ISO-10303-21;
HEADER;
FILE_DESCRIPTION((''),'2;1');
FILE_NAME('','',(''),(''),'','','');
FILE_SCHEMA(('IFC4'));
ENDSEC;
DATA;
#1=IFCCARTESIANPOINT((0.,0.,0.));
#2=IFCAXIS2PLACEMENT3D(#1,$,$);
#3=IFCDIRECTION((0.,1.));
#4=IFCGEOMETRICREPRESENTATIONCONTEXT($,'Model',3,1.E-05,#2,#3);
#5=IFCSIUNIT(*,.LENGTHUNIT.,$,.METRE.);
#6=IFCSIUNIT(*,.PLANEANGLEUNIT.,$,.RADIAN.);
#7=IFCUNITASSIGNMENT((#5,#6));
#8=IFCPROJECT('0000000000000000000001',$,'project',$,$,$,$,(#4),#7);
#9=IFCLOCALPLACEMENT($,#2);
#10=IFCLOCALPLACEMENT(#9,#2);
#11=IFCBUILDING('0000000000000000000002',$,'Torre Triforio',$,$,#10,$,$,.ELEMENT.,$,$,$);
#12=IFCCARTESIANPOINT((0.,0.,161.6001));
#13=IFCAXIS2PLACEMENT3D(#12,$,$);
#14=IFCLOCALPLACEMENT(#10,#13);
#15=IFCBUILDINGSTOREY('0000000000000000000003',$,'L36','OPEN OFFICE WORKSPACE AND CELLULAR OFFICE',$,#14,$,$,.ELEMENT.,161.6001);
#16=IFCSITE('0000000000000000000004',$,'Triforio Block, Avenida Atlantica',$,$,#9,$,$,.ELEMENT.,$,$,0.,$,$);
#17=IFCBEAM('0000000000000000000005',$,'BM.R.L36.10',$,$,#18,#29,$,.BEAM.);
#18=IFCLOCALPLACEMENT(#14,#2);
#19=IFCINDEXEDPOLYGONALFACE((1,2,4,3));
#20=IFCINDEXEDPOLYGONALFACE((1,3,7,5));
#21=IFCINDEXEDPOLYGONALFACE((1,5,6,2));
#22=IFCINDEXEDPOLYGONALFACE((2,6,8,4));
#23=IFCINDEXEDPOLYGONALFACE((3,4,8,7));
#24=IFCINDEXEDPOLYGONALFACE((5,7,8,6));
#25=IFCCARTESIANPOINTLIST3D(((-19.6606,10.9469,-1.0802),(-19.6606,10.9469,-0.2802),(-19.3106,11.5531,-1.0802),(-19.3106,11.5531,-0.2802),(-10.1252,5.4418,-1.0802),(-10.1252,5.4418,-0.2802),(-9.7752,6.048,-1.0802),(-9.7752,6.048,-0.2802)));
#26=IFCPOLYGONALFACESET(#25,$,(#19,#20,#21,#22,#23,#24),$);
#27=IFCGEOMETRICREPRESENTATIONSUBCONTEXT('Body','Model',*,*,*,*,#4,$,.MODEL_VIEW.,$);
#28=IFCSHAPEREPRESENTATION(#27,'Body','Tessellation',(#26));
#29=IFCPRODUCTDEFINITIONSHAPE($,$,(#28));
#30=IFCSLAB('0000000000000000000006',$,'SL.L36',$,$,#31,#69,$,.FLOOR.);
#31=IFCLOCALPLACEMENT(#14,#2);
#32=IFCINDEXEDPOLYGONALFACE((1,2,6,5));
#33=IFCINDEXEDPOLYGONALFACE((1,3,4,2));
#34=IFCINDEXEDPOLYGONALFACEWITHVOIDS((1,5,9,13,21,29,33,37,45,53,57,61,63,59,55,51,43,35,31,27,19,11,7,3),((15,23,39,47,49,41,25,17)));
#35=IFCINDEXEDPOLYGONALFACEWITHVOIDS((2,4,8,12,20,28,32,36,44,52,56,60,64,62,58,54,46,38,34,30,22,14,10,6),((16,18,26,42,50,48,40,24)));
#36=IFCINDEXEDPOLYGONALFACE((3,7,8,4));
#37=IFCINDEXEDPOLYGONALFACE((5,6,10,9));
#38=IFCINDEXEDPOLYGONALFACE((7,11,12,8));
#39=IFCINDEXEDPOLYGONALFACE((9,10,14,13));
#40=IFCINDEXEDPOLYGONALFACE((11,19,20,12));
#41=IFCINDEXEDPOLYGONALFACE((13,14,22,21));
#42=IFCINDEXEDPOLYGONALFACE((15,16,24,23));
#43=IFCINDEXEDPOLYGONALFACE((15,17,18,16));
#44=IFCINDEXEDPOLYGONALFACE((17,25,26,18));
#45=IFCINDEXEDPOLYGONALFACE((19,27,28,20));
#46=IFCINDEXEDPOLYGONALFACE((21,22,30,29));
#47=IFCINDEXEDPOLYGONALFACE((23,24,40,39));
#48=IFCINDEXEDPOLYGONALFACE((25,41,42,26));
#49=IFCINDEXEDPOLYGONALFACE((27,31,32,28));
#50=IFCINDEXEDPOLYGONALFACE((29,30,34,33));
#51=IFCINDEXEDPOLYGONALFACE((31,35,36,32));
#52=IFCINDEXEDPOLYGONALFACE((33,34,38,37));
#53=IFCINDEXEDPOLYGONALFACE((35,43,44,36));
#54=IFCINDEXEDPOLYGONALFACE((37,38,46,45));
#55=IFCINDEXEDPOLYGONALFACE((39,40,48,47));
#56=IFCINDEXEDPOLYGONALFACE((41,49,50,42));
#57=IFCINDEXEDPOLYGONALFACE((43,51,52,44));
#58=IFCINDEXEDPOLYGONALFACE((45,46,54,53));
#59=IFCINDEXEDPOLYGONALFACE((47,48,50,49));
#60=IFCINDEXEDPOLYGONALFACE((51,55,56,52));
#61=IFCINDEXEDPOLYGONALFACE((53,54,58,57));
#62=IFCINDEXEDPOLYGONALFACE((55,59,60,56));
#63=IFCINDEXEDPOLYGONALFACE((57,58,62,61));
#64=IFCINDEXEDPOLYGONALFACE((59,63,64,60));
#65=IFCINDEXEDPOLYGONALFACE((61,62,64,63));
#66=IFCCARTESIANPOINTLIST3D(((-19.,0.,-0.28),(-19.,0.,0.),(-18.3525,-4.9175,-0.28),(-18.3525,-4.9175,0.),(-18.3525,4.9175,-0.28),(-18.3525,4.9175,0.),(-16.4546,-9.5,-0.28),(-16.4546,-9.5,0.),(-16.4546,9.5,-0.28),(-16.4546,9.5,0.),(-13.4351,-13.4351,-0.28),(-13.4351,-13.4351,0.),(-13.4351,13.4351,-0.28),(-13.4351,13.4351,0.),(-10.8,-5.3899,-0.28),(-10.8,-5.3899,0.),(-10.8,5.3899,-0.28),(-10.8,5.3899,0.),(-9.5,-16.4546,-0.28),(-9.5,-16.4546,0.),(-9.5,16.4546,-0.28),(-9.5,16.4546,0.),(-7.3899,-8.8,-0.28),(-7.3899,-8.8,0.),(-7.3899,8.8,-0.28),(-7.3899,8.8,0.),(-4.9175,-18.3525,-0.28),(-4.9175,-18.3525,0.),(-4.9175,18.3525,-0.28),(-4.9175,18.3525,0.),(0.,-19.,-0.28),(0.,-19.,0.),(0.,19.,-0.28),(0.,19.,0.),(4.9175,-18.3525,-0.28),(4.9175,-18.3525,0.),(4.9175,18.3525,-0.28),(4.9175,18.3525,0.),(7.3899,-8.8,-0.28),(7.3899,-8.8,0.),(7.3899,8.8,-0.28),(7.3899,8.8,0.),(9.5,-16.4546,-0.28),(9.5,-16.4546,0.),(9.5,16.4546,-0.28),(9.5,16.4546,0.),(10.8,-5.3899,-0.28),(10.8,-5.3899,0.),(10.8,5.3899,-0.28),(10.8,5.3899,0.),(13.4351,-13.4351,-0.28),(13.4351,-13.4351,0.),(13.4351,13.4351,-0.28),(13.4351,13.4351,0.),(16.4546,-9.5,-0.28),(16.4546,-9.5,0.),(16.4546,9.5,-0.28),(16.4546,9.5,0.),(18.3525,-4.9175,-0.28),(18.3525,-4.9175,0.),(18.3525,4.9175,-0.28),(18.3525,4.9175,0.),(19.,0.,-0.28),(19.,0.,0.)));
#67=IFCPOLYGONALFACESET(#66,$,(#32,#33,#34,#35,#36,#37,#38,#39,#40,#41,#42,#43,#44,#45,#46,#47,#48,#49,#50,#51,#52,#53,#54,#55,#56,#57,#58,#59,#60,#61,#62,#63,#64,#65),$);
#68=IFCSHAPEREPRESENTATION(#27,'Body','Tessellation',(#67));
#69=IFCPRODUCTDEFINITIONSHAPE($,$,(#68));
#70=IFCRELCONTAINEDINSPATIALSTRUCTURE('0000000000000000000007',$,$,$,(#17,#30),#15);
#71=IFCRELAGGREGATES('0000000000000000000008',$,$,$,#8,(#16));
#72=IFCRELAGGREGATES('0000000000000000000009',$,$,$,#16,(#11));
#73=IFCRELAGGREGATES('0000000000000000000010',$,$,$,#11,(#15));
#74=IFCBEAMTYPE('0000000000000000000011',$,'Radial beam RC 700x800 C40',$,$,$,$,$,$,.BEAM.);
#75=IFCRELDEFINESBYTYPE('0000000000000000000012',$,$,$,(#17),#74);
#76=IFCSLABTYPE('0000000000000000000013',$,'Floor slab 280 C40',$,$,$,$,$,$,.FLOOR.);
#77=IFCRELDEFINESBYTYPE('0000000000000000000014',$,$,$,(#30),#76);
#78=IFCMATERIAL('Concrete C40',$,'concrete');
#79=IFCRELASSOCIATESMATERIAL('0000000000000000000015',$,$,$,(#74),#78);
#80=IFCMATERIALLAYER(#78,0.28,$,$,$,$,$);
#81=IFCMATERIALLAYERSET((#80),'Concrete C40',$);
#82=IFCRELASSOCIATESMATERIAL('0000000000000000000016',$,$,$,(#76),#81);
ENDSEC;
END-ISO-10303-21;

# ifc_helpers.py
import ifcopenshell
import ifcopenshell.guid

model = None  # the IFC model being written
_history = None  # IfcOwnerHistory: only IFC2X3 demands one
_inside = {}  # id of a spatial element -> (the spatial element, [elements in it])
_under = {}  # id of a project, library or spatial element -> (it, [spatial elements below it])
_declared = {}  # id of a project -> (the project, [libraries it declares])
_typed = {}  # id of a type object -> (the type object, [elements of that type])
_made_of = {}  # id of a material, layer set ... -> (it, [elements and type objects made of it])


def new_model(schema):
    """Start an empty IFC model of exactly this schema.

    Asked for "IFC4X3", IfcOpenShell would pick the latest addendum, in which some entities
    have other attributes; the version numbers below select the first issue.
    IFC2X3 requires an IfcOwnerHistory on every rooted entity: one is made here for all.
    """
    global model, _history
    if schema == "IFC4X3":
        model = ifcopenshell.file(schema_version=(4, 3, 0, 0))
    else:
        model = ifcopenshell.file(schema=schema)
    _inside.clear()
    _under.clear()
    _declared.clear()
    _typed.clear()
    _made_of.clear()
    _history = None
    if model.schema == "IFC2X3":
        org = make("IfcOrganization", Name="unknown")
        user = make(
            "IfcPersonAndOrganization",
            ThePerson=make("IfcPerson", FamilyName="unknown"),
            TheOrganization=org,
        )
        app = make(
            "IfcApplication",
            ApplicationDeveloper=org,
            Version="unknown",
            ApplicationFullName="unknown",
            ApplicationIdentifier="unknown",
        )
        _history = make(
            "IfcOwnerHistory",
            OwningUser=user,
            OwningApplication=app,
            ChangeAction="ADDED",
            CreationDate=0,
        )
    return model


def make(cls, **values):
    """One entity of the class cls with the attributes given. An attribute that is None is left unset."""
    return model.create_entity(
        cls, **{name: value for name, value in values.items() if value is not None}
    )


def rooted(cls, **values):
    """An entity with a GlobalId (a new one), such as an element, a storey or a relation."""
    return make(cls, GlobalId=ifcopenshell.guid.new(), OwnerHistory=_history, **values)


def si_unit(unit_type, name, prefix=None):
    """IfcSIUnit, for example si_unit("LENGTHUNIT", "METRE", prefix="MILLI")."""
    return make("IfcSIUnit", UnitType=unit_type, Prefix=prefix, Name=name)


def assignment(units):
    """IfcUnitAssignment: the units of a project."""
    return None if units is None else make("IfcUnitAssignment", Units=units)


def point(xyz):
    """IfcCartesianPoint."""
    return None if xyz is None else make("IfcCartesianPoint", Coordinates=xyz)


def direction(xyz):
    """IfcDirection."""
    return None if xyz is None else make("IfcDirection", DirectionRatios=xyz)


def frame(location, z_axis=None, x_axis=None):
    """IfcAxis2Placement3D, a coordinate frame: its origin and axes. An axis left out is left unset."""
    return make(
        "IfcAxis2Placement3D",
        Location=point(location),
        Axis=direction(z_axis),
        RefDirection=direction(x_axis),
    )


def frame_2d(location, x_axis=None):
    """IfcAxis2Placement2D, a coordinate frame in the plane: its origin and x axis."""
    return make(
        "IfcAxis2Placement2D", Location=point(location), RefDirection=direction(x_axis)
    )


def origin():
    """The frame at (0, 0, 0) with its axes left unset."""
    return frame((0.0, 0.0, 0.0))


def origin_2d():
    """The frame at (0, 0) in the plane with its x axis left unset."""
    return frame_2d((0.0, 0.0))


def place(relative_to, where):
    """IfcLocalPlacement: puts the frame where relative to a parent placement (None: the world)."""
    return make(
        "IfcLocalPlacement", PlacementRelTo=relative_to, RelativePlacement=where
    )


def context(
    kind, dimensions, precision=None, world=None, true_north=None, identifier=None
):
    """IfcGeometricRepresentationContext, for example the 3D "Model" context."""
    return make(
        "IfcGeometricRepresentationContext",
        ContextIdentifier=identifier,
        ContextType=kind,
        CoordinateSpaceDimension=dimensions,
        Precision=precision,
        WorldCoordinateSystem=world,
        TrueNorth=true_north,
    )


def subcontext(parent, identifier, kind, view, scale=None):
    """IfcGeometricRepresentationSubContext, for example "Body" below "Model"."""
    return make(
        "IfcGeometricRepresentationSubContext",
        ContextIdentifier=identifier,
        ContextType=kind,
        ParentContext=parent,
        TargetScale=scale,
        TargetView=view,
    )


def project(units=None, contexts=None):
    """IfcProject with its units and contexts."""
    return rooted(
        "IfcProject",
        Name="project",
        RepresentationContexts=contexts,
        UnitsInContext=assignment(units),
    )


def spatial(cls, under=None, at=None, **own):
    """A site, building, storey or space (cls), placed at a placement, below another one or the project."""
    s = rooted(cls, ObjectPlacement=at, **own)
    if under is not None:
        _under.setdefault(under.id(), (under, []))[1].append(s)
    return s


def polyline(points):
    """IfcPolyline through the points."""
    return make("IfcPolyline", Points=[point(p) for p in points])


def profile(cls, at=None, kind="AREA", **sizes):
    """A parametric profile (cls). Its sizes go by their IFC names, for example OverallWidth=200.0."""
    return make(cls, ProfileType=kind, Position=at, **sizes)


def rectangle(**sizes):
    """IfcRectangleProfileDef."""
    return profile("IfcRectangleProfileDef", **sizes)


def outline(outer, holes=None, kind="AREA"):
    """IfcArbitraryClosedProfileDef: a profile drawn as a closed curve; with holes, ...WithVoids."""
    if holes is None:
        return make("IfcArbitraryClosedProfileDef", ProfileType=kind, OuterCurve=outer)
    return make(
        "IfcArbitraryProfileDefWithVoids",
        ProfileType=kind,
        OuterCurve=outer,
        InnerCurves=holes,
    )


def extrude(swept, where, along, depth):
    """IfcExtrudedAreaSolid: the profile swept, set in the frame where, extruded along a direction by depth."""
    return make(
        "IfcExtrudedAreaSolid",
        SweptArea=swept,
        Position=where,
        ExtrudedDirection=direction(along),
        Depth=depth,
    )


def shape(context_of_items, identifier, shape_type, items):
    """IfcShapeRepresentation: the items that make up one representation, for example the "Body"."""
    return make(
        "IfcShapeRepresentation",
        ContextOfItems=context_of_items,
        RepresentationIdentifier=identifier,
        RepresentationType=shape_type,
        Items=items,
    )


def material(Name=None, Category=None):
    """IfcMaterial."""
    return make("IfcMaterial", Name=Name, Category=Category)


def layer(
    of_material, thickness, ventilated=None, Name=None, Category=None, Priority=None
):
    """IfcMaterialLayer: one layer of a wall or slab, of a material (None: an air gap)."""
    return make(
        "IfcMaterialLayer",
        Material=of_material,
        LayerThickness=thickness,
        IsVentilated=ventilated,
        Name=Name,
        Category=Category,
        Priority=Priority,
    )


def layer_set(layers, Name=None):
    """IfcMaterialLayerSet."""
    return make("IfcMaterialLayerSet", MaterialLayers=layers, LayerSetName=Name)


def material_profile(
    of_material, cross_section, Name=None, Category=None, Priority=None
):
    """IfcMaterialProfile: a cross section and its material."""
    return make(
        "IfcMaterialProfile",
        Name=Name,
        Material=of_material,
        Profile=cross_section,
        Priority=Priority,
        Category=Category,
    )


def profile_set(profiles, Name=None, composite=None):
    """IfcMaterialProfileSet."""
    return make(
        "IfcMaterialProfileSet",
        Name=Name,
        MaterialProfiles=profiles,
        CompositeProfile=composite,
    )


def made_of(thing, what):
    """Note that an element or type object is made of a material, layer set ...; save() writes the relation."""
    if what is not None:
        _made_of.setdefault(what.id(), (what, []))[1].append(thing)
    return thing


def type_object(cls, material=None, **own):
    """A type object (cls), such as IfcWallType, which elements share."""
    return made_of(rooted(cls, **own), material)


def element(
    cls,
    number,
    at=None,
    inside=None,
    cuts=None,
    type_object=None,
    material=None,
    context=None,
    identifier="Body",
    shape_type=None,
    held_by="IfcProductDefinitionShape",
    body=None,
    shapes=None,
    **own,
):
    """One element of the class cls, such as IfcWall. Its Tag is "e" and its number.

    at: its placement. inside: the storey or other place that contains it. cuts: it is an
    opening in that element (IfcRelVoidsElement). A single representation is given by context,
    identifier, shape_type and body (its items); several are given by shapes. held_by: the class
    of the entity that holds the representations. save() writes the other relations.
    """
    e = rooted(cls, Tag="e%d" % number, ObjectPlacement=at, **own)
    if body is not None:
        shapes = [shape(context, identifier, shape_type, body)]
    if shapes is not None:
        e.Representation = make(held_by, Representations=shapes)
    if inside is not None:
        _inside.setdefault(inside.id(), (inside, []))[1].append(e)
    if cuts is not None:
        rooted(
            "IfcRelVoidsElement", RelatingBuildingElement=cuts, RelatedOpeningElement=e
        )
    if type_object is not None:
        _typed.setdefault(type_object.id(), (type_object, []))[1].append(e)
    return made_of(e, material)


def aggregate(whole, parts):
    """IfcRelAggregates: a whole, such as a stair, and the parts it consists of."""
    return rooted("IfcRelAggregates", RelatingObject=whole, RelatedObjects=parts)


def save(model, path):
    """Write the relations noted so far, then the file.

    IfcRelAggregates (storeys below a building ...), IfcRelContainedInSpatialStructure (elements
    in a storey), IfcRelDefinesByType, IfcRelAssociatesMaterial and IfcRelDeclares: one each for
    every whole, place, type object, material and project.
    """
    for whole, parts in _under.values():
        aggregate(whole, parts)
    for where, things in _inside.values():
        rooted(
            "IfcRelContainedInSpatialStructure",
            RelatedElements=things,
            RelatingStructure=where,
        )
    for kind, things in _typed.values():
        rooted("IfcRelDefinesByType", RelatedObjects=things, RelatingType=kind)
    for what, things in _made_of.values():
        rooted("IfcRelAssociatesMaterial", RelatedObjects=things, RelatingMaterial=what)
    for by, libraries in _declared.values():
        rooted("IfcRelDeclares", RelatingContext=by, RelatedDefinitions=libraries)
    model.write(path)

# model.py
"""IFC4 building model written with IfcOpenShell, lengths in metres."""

from ifc_helpers import new_model, si_unit, direction, frame, origin, origin_2d, place, context, subcontext, project, spatial, polyline, rectangle, outline, extrude, material, layer, layer_set, material_profile, profile_set, type_object, element, save


model = new_model("IFC4")

# Units and contexts
model_context = context("Model", 3, precision=1e-05, world=origin(), true_north=direction((0.0, 1.0)))
body_context = subcontext(model_context, "Body", "Model", "MODEL_VIEW")
ifc_project = project(units=[si_unit("LENGTHUNIT", "METRE"), si_unit("PLANEANGLEUNIT", "RADIAN")], contexts=[model_context])

# Site, building, storey
site_placement = place(None, origin())
site = spatial("IfcSite", under=ifc_project, at=site_placement, Name="Triforio Block, Avenida Atlantica", CompositionType="ELEMENT", RefElevation=0.0)
building_placement = place(site_placement, origin())
building = spatial("IfcBuilding", under=site, at=building_placement, Name="Torre Triforio", CompositionType="ELEMENT")
storey_placement = place(building_placement, frame((0.0, 0.0, 161.6001)))
storey = spatial("IfcBuildingStorey", under=building, at=storey_placement, Name="L36", Description="OPEN OFFICE WORKSPACE AND CELLULAR OFFICE", CompositionType="ELEMENT", Elevation=161.6001)

# Beam
ifc_material_1 = material(Name="Concrete C40", Category="concrete")
ifc_material_profile = material_profile(ifc_material_1, rectangle(XDim=0.7, YDim=0.8, at=origin_2d()), Name="RC 700x800")
ifc_profile_set = profile_set([ifc_material_profile], Name="Concrete C40")
beam_type = type_object("IfcBeamType", Name="Radial beam RC 700x800 C40", PredefinedType="BEAM", material=ifc_profile_set)
beam_placement = place(storey_placement, frame((-9.9502, 5.7449, -0.6802), z_axis=(-0.866031, 0.499991, 0.0), x_axis=(-0.499991, -0.866031, 0.0)))
element("IfcBeam", 1, at=beam_placement, inside=storey, type_object=beam_type, Name="BM.R.L36.10", PredefinedType="BEAM", context=body_context, shape_type="SweptSolid", body=[
    extrude(rectangle(XDim=0.7, YDim=0.8, at=origin_2d()), origin(), (0.0, 0.0, 1.0), 11.0105),
])

# Slab
ifc_layer_1 = layer(ifc_material_1, 0.28)
ifc_layer_set_1 = layer_set([ifc_layer_1], Name="Concrete C40")
slab_type_1 = type_object("IfcSlabType", Name="Floor slab 280 C40", PredefinedType="FLOOR", material=ifc_layer_set_1)
slab_1_placement = place(storey_placement, frame((0.0, 0.0, -0.28)))
element("IfcSlab", 2, at=slab_1_placement, inside=storey, type_object=slab_type_1, Name="SL.L36", PredefinedType="FLOOR", context=body_context, shape_type="SweptSolid", body=[
    extrude(outline(polyline([(16.4546, -9.5), (18.3525, -4.9175), (19.0, 0.0), (18.3525, 4.9175), (16.4546, 9.5), (13.4351, 13.4351), (9.5, 16.4546), (4.9175, 18.3525), (0.0, 19.0), (-4.9175, 18.3525), (-9.5, 16.4546), (-13.4351, 13.4351), (-16.4546, 9.5), (-18.3525, 4.9175), (-19.0, 0.0), (-18.3525, -4.9175), (-16.4546, -9.5), (-13.4351, -13.4351), (-9.5, -16.4546), (-4.9175, -18.3525), (0.0, -19.0), (4.9175, -18.3525), (9.5, -16.4546), (13.4351, -13.4351), (16.4546, -9.5)]), holes=[polyline([(10.8, 5.3899), (10.8, -5.3899), (7.3899, -8.8), (-7.3899, -8.8), (-10.8, -5.3899), (-10.8, 5.3899), (-7.3899, 8.8), (7.3899, 8.8), (10.8, 5.3899)])]), origin(), (0.0, 0.0, 1.0), 0.28),
])

save(model, "model.ifc")
